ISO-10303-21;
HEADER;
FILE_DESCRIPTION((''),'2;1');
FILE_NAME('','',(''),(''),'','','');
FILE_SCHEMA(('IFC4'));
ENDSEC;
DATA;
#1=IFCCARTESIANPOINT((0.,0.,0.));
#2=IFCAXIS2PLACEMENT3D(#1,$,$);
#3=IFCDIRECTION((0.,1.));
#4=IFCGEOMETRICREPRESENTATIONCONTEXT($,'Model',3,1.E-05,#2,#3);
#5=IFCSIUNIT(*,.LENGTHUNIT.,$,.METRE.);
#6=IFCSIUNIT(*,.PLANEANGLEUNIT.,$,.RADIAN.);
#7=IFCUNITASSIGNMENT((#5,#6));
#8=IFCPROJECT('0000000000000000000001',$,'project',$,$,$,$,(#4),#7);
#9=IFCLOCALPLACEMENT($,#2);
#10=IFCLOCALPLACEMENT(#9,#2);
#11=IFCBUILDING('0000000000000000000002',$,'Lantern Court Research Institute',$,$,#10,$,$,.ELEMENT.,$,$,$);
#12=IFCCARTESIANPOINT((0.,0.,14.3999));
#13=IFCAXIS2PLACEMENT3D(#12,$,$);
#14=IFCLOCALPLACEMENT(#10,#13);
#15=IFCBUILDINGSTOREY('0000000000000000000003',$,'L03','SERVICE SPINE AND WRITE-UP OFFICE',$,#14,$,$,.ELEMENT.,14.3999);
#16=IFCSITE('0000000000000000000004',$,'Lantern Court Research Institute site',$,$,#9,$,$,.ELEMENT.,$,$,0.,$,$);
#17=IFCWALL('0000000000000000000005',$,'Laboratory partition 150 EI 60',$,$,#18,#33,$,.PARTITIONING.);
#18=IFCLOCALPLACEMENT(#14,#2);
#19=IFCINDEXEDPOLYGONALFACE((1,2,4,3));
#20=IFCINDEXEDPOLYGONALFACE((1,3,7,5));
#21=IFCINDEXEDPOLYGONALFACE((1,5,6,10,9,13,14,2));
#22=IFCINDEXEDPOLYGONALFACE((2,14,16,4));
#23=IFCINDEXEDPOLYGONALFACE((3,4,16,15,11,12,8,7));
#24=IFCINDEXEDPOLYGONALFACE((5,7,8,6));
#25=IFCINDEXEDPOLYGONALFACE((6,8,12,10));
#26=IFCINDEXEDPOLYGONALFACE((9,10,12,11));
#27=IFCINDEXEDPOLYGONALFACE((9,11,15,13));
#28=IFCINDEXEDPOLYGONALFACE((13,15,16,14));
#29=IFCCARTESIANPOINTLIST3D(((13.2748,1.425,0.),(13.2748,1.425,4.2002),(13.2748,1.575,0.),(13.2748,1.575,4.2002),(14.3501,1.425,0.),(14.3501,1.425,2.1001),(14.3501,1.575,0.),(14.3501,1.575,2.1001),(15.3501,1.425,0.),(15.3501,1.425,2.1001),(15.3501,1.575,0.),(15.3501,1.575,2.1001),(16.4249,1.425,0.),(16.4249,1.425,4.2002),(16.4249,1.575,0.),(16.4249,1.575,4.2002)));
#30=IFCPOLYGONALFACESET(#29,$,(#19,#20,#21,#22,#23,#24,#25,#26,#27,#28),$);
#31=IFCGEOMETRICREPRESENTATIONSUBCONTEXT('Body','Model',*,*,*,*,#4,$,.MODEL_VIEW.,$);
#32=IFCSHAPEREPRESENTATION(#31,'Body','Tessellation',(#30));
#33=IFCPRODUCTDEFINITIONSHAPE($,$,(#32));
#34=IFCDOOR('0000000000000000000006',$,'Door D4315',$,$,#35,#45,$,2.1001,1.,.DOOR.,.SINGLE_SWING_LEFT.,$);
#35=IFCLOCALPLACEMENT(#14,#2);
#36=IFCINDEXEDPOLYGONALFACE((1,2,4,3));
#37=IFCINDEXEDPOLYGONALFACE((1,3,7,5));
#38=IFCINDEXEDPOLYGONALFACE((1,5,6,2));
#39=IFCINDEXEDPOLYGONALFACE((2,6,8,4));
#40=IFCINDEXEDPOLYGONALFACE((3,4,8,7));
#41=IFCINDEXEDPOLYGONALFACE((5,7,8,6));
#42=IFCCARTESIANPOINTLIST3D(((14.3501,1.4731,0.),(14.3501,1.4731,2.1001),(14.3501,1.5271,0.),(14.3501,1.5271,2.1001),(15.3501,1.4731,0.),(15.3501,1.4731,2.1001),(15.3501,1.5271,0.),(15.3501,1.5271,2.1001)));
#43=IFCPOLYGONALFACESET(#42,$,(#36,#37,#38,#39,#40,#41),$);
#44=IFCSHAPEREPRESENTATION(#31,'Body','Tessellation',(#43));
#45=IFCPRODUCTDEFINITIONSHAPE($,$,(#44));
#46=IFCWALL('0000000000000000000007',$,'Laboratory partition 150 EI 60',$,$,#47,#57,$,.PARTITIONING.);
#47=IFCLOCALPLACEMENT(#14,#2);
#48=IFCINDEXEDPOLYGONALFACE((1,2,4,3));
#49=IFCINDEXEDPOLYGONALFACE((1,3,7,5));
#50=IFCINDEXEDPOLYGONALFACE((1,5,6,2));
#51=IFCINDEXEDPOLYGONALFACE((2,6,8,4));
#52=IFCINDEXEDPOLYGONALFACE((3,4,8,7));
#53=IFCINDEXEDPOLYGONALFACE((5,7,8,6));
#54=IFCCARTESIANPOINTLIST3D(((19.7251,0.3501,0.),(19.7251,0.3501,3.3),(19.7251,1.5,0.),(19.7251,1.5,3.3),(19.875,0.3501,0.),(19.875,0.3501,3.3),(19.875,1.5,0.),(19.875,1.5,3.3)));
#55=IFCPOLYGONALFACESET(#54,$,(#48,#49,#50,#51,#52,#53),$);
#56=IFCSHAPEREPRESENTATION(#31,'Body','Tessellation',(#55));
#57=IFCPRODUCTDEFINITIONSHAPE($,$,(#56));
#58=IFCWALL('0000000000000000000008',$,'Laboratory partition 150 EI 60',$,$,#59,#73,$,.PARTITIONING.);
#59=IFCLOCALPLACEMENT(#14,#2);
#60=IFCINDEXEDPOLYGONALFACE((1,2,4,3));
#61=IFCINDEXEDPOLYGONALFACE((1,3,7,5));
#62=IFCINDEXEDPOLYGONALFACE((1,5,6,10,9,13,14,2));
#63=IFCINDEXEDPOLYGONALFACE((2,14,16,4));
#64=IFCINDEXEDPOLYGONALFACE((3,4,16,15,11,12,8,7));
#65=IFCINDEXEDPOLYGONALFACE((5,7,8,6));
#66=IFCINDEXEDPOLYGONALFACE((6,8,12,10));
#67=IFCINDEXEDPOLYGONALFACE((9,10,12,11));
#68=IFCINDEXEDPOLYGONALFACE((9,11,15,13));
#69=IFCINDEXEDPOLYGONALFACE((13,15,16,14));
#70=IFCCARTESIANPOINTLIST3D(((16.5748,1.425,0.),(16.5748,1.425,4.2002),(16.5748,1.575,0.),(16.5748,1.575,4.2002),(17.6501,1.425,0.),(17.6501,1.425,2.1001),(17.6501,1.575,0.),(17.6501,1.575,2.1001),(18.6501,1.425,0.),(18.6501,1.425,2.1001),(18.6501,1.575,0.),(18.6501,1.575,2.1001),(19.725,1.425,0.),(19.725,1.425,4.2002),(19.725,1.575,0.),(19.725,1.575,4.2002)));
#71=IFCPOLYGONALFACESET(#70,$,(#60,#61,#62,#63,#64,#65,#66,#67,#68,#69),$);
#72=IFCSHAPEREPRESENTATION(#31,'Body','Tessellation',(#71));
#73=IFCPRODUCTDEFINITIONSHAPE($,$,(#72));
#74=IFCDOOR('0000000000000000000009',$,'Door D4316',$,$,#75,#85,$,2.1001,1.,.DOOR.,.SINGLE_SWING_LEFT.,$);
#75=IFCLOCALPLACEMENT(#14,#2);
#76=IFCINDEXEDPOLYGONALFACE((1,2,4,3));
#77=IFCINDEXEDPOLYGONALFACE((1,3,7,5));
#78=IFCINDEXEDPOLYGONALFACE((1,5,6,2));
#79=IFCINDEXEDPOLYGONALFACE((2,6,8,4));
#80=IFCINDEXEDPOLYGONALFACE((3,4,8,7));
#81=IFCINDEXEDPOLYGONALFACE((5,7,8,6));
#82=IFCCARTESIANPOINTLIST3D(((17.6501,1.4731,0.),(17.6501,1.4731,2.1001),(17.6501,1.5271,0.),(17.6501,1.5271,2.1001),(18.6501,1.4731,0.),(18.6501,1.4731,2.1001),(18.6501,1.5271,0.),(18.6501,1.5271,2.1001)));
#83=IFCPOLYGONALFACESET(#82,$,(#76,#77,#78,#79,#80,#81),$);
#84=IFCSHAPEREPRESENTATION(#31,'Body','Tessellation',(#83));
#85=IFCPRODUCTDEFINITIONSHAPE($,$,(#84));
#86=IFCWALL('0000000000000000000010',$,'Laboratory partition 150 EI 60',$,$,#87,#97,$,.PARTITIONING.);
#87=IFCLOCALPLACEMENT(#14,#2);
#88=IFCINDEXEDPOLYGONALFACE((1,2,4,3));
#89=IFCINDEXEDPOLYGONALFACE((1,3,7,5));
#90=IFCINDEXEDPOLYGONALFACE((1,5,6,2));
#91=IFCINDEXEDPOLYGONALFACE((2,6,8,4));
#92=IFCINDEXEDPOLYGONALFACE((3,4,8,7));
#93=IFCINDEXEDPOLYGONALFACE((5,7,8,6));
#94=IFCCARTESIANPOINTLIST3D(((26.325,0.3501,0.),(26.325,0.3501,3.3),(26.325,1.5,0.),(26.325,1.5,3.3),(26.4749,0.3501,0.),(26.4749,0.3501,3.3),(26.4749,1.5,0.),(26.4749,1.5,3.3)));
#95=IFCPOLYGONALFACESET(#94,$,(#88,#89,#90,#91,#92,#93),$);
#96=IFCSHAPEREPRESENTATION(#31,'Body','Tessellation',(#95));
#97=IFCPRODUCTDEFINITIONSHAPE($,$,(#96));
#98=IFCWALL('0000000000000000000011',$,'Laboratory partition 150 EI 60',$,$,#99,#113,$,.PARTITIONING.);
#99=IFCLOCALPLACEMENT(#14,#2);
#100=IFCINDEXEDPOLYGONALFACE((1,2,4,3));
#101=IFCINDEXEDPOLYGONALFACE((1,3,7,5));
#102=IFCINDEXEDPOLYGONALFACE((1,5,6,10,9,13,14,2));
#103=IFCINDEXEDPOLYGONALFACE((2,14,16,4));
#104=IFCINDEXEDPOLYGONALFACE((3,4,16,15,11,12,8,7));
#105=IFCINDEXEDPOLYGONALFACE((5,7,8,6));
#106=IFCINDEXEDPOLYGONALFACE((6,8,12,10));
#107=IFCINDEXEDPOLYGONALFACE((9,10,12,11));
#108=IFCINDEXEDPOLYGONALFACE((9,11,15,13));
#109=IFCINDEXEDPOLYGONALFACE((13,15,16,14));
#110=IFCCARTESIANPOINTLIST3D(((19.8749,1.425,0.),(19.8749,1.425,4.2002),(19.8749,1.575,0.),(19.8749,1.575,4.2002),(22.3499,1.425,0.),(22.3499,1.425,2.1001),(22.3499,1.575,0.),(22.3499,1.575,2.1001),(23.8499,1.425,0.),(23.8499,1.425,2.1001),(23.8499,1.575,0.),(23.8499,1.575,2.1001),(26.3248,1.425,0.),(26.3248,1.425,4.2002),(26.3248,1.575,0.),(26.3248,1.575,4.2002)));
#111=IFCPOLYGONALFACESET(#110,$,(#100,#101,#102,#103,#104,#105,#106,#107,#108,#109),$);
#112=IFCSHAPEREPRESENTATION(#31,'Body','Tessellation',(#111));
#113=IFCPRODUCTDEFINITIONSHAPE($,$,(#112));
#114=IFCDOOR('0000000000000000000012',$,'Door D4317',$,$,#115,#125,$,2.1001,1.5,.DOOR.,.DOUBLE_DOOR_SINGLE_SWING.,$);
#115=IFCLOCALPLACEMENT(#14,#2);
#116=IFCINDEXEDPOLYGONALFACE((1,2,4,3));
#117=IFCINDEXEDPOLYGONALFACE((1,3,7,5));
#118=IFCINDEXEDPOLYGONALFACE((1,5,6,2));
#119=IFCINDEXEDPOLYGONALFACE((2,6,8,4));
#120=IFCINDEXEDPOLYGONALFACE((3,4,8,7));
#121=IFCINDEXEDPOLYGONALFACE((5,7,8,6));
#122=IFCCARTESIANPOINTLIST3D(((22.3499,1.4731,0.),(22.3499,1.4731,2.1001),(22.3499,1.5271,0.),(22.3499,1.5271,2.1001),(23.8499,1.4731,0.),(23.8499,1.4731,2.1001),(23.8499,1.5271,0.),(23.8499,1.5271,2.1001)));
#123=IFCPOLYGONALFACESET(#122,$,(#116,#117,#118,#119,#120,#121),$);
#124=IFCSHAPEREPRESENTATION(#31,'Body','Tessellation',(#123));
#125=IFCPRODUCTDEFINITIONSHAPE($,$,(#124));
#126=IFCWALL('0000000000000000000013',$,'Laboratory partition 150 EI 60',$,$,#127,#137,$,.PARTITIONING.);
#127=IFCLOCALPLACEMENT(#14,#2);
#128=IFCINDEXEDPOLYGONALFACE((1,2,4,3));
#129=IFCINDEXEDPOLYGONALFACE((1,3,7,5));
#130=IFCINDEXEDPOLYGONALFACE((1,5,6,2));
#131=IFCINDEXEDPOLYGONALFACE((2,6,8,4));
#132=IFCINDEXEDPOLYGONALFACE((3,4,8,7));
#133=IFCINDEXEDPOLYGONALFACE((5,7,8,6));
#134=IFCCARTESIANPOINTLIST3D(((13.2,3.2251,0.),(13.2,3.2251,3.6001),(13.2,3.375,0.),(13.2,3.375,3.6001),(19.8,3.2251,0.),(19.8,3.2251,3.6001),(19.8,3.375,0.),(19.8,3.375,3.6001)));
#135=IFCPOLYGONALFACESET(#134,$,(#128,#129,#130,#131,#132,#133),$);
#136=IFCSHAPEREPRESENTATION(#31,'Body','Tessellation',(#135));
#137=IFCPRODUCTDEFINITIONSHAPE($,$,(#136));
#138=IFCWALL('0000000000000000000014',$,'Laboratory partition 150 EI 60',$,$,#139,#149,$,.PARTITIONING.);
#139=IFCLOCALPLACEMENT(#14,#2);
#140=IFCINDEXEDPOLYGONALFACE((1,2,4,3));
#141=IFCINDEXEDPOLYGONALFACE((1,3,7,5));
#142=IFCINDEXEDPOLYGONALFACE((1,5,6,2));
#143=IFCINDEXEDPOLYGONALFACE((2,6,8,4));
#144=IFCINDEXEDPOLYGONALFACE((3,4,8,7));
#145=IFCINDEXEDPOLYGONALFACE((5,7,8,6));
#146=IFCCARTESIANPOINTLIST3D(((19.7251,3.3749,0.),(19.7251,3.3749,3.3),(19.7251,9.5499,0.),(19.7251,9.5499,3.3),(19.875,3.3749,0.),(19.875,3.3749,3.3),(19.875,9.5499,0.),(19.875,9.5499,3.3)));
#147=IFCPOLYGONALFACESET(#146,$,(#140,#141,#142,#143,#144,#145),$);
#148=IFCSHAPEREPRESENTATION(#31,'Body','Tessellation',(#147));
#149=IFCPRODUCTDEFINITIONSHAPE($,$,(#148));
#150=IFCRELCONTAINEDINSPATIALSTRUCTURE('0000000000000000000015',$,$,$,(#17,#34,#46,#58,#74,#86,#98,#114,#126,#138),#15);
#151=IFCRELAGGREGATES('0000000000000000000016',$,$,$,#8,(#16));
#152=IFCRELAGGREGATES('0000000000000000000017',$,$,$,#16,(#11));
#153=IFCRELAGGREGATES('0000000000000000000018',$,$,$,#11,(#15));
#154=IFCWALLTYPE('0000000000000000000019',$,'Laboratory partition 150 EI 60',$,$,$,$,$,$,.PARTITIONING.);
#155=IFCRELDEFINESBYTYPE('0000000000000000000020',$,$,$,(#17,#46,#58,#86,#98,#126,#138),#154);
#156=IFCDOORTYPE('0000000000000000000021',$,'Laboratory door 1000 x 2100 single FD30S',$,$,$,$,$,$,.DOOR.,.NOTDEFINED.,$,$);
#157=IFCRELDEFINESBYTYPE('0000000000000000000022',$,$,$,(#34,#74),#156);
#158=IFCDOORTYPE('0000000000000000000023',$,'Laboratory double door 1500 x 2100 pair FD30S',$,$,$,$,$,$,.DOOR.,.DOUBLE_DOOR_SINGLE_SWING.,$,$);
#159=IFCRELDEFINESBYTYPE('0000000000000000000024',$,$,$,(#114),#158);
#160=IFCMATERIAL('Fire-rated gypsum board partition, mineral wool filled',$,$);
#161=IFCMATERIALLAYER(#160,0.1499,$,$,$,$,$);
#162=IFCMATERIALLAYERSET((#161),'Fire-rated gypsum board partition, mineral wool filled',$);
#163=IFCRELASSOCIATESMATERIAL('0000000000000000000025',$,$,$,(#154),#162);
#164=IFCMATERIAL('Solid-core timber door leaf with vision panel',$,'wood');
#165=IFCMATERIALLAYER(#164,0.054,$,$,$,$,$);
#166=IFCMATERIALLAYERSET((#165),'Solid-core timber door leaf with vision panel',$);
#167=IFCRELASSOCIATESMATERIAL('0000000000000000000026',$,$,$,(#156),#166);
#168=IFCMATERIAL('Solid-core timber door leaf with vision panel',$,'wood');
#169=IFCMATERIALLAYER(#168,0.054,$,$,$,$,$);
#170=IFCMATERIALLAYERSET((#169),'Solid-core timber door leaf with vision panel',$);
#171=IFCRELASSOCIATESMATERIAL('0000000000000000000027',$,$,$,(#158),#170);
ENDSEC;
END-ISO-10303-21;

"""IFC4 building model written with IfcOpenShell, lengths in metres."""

from ifc_helpers import new_model, si_unit, direction, frame, frame_2d, origin, place, context, subcontext, project, spatial, rectangle, extrude, material, layer, layer_set, type_object, element, fill, save


model = new_model("IFC4")

# Units and contexts
model_context = context("Model", 3, precision=1e-05, world=origin(), true_north=direction((0.0, 1.0)))
body_context = subcontext(model_context, "Body", "Model", "MODEL_VIEW")
ifc_project = project(units=[si_unit("LENGTHUNIT", "METRE"), si_unit("PLANEANGLEUNIT", "RADIAN")], contexts=[model_context])

# Site, building, storey
site_placement = place(None, origin())
site = spatial("IfcSite", under=ifc_project, at=site_placement, Name="Lantern Court Research Institute site", CompositionType="ELEMENT", RefElevation=0.0)
building_placement = place(site_placement, origin())
building = spatial("IfcBuilding", under=site, at=building_placement, Name="Lantern Court Research Institute", CompositionType="ELEMENT")
storey_placement = place(building_placement, frame((0.0, 0.0, 14.3999)))
storey = spatial("IfcBuildingStorey", under=building, at=storey_placement, Name="L03", Description="SERVICE SPINE AND WRITE-UP OFFICE", CompositionType="ELEMENT", Elevation=14.3999)

# Shared definitions
ifc_material_1 = material(Name="Fire-rated gypsum board partition, mineral wool filled")
ifc_layer_1 = layer(ifc_material_1, 0.1499)
ifc_layer_set_1 = layer_set([ifc_layer_1], Name="Fire-rated gypsum board partition, mineral wool filled")
wall_type = type_object("IfcWallType", Name="Laboratory partition 150 EI 60", PredefinedType="PARTITIONING", material=ifc_layer_set_1)

# Wall, opening, door
wall_1_placement = place(storey_placement, frame((16.425, 1.5, 0.0), z_axis=(0.0, 0.0, 1.0), x_axis=(-1.0, 0.0, 0.0)))
wall_1 = element("IfcWall", 1, at=wall_1_placement, inside=storey, type_object=wall_type, Name="Laboratory partition 150 EI 60", PredefinedType="PARTITIONING", context=body_context, shape_type="SweptSolid", body=[
    extrude(rectangle(XDim=3.1501, YDim=0.1499, at=frame_2d((1.5752, 0.0))), origin(), (0.0, 0.0, 1.0), 4.2002),
])
opening_1_placement = place(wall_1_placement, frame((1.075, 0.0, 0.0)))
opening_1 = element("IfcOpeningElement", 2, at=opening_1_placement, cuts=wall_1, PredefinedType="OPENING", context=body_context, shape_type="SweptSolid", body=[
    extrude(rectangle(XDim=1.0, YDim=2.1001, at=frame_2d((0.5, 1.05))), frame((0.0, 0.085, 0.0), z_axis=(0.0, -1.0, 0.0), x_axis=(1.0, 0.0, 0.0)), (0.0, 0.0, 1.0), 0.1699),
])
ifc_material_2 = material(Name="Solid-core timber door leaf with vision panel", Category="wood")
ifc_layer_2 = layer(ifc_material_2, 0.054)
ifc_layer_set_2 = layer_set([ifc_layer_2], Name="Solid-core timber door leaf with vision panel")
door_type_1 = type_object("IfcDoorType", Name="Laboratory door 1000 x 2100 single FD30S", OperationType="NOTDEFINED", PredefinedType="DOOR", material=ifc_layer_set_2)
door_1_placement = place(opening_1_placement, origin())
door_1 = element("IfcDoor", 3, at=door_1_placement, inside=storey, type_object=door_type_1, Name="Door D4315", OperationType="SINGLE_SWING_LEFT", OverallHeight=2.1001, OverallWidth=1.0, PredefinedType="DOOR", context=body_context, shape_type="SweptSolid", body=[
    extrude(rectangle(XDim=1.0, YDim=2.1001, at=frame_2d((0.5, 1.05))), frame((0.0, 0.0269, 0.0), z_axis=(0.0, -1.0, 0.0), x_axis=(1.0, 0.0, 0.0)), (0.0, 0.0, 1.0), 0.054),
])
fill(opening_1, door_1)

# Wall
wall_2_placement = place(storey_placement, frame((19.8, 0.3501, 0.0), z_axis=(0.0, 0.0, 1.0), x_axis=(0.0, 1.0, 0.0)))
element("IfcWall", 4, at=wall_2_placement, inside=storey, type_object=wall_type, Name="Laboratory partition 150 EI 60", PredefinedType="PARTITIONING", context=body_context, shape_type="SweptSolid", body=[
    extrude(rectangle(XDim=1.1499, YDim=0.1499, at=frame_2d((0.575, 0.0))), origin(), (0.0, 0.0, 1.0), 3.3),
])

# Wall, opening, door
wall_3_placement = place(storey_placement, frame((19.7251, 1.5, 0.0), z_axis=(0.0, 0.0, 1.0), x_axis=(-1.0, 0.0, 0.0)))
wall_3 = element("IfcWall", 5, at=wall_3_placement, inside=storey, type_object=wall_type, Name="Laboratory partition 150 EI 60", PredefinedType="PARTITIONING", context=body_context, shape_type="SweptSolid", body=[
    extrude(rectangle(XDim=3.1501, YDim=0.1499, at=frame_2d((1.5752, 0.0))), origin(), (0.0, 0.0, 1.0), 4.2002),
])
opening_2_placement = place(wall_3_placement, frame((1.075, 0.0, 0.0)))
opening_2 = element("IfcOpeningElement", 6, at=opening_2_placement, cuts=wall_3, PredefinedType="OPENING", context=body_context, shape_type="SweptSolid", body=[
    extrude(rectangle(XDim=1.0, YDim=2.1001, at=frame_2d((0.5, 1.05))), frame((0.0, 0.085, 0.0), z_axis=(0.0, -1.0, 0.0), x_axis=(1.0, 0.0, 0.0)), (0.0, 0.0, 1.0), 0.1699),
])
door_2_placement = place(opening_2_placement, origin())
door_2 = element("IfcDoor", 7, at=door_2_placement, inside=storey, type_object=door_type_1, Name="Door D4316", OperationType="SINGLE_SWING_LEFT", OverallHeight=2.1001, OverallWidth=1.0, PredefinedType="DOOR", context=body_context, shape_type="SweptSolid", body=[
    extrude(rectangle(XDim=1.0, YDim=2.1001, at=frame_2d((0.5, 1.05))), frame((0.0, 0.0269, 0.0), z_axis=(0.0, -1.0, 0.0), x_axis=(1.0, 0.0, 0.0)), (0.0, 0.0, 1.0), 0.054),
])
fill(opening_2, door_2)

# Wall
wall_4_placement = place(storey_placement, frame((26.3999, 0.3501, 0.0), z_axis=(0.0, 0.0, 1.0), x_axis=(0.0, 1.0, 0.0)))
element("IfcWall", 8, at=wall_4_placement, inside=storey, type_object=wall_type, Name="Laboratory partition 150 EI 60", PredefinedType="PARTITIONING", context=body_context, shape_type="SweptSolid", body=[
    extrude(rectangle(XDim=1.1499, YDim=0.1499, at=frame_2d((0.575, 0.0))), origin(), (0.0, 0.0, 1.0), 3.3),
])

# Wall, opening, door
wall_5_placement = place(storey_placement, frame((26.325, 1.5, 0.0), z_axis=(0.0, 0.0, 1.0), x_axis=(-1.0, 0.0, 0.0)))
wall_5 = element("IfcWall", 9, at=wall_5_placement, inside=storey, type_object=wall_type, Name="Laboratory partition 150 EI 60", PredefinedType="PARTITIONING", context=body_context, shape_type="SweptSolid", body=[
    extrude(rectangle(XDim=6.45, YDim=0.1499, at=frame_2d((3.2251, 0.0))), origin(), (0.0, 0.0, 1.0), 4.2002),
])
opening_3_placement = place(wall_5_placement, frame((2.4751, 0.0, 0.0)))
opening_3 = element("IfcOpeningElement", 10, at=opening_3_placement, cuts=wall_5, PredefinedType="OPENING", context=body_context, shape_type="SweptSolid", body=[
    extrude(rectangle(XDim=1.5, YDim=2.1001, at=frame_2d((0.75, 1.05))), frame((0.0, 0.085, 0.0), z_axis=(0.0, -1.0, 0.0), x_axis=(1.0, 0.0, 0.0)), (0.0, 0.0, 1.0), 0.1699),
])
ifc_material_3 = material(Name="Solid-core timber door leaf with vision panel", Category="wood")
ifc_layer_3 = layer(ifc_material_3, 0.054)
ifc_layer_set_3 = layer_set([ifc_layer_3], Name="Solid-core timber door leaf with vision panel")
door_type_2 = type_object("IfcDoorType", Name="Laboratory double door 1500 x 2100 pair FD30S", OperationType="DOUBLE_DOOR_SINGLE_SWING", PredefinedType="DOOR", material=ifc_layer_set_3)
door_3_placement = place(opening_3_placement, origin())
door_3 = element("IfcDoor", 11, at=door_3_placement, inside=storey, type_object=door_type_2, Name="Door D4317", OperationType="DOUBLE_DOOR_SINGLE_SWING", OverallHeight=2.1001, OverallWidth=1.5, PredefinedType="DOOR", context=body_context, shape_type="SweptSolid", body=[
    extrude(rectangle(XDim=1.5, YDim=2.1001, at=frame_2d((0.75, 1.05))), frame((0.0, 0.0269, 0.0), z_axis=(0.0, -1.0, 0.0), x_axis=(1.0, 0.0, 0.0)), (0.0, 0.0, 1.0), 0.054),
])
fill(opening_3, door_3)

# Walls
wall_6_placement = place(storey_placement, frame((19.8, 3.3, 0.0), z_axis=(0.0, 0.0, 1.0), x_axis=(-1.0, 0.0, 0.0)))
element("IfcWall", 12, at=wall_6_placement, inside=storey, type_object=wall_type, Name="Laboratory partition 150 EI 60", PredefinedType="PARTITIONING", context=body_context, shape_type="SweptSolid", body=[
    extrude(rectangle(XDim=6.6001, YDim=0.1499, at=frame_2d((3.3, 0.0))), origin(), (0.0, 0.0, 1.0), 3.6001),
])
wall_7_placement = place(storey_placement, frame((19.8, 3.375, 0.0), z_axis=(0.0, 0.0, 1.0), x_axis=(0.0, 1.0, 0.0)))
element("IfcWall", 13, at=wall_7_placement, inside=storey, type_object=wall_type, Name="Laboratory partition 150 EI 60", PredefinedType="PARTITIONING", context=body_context, shape_type="SweptSolid", body=[
    extrude(rectangle(XDim=6.175, YDim=0.1499, at=frame_2d((3.0874, 0.0))), origin(), (0.0, 0.0, 1.0), 3.3),
])

save(model, "model.ifc")
